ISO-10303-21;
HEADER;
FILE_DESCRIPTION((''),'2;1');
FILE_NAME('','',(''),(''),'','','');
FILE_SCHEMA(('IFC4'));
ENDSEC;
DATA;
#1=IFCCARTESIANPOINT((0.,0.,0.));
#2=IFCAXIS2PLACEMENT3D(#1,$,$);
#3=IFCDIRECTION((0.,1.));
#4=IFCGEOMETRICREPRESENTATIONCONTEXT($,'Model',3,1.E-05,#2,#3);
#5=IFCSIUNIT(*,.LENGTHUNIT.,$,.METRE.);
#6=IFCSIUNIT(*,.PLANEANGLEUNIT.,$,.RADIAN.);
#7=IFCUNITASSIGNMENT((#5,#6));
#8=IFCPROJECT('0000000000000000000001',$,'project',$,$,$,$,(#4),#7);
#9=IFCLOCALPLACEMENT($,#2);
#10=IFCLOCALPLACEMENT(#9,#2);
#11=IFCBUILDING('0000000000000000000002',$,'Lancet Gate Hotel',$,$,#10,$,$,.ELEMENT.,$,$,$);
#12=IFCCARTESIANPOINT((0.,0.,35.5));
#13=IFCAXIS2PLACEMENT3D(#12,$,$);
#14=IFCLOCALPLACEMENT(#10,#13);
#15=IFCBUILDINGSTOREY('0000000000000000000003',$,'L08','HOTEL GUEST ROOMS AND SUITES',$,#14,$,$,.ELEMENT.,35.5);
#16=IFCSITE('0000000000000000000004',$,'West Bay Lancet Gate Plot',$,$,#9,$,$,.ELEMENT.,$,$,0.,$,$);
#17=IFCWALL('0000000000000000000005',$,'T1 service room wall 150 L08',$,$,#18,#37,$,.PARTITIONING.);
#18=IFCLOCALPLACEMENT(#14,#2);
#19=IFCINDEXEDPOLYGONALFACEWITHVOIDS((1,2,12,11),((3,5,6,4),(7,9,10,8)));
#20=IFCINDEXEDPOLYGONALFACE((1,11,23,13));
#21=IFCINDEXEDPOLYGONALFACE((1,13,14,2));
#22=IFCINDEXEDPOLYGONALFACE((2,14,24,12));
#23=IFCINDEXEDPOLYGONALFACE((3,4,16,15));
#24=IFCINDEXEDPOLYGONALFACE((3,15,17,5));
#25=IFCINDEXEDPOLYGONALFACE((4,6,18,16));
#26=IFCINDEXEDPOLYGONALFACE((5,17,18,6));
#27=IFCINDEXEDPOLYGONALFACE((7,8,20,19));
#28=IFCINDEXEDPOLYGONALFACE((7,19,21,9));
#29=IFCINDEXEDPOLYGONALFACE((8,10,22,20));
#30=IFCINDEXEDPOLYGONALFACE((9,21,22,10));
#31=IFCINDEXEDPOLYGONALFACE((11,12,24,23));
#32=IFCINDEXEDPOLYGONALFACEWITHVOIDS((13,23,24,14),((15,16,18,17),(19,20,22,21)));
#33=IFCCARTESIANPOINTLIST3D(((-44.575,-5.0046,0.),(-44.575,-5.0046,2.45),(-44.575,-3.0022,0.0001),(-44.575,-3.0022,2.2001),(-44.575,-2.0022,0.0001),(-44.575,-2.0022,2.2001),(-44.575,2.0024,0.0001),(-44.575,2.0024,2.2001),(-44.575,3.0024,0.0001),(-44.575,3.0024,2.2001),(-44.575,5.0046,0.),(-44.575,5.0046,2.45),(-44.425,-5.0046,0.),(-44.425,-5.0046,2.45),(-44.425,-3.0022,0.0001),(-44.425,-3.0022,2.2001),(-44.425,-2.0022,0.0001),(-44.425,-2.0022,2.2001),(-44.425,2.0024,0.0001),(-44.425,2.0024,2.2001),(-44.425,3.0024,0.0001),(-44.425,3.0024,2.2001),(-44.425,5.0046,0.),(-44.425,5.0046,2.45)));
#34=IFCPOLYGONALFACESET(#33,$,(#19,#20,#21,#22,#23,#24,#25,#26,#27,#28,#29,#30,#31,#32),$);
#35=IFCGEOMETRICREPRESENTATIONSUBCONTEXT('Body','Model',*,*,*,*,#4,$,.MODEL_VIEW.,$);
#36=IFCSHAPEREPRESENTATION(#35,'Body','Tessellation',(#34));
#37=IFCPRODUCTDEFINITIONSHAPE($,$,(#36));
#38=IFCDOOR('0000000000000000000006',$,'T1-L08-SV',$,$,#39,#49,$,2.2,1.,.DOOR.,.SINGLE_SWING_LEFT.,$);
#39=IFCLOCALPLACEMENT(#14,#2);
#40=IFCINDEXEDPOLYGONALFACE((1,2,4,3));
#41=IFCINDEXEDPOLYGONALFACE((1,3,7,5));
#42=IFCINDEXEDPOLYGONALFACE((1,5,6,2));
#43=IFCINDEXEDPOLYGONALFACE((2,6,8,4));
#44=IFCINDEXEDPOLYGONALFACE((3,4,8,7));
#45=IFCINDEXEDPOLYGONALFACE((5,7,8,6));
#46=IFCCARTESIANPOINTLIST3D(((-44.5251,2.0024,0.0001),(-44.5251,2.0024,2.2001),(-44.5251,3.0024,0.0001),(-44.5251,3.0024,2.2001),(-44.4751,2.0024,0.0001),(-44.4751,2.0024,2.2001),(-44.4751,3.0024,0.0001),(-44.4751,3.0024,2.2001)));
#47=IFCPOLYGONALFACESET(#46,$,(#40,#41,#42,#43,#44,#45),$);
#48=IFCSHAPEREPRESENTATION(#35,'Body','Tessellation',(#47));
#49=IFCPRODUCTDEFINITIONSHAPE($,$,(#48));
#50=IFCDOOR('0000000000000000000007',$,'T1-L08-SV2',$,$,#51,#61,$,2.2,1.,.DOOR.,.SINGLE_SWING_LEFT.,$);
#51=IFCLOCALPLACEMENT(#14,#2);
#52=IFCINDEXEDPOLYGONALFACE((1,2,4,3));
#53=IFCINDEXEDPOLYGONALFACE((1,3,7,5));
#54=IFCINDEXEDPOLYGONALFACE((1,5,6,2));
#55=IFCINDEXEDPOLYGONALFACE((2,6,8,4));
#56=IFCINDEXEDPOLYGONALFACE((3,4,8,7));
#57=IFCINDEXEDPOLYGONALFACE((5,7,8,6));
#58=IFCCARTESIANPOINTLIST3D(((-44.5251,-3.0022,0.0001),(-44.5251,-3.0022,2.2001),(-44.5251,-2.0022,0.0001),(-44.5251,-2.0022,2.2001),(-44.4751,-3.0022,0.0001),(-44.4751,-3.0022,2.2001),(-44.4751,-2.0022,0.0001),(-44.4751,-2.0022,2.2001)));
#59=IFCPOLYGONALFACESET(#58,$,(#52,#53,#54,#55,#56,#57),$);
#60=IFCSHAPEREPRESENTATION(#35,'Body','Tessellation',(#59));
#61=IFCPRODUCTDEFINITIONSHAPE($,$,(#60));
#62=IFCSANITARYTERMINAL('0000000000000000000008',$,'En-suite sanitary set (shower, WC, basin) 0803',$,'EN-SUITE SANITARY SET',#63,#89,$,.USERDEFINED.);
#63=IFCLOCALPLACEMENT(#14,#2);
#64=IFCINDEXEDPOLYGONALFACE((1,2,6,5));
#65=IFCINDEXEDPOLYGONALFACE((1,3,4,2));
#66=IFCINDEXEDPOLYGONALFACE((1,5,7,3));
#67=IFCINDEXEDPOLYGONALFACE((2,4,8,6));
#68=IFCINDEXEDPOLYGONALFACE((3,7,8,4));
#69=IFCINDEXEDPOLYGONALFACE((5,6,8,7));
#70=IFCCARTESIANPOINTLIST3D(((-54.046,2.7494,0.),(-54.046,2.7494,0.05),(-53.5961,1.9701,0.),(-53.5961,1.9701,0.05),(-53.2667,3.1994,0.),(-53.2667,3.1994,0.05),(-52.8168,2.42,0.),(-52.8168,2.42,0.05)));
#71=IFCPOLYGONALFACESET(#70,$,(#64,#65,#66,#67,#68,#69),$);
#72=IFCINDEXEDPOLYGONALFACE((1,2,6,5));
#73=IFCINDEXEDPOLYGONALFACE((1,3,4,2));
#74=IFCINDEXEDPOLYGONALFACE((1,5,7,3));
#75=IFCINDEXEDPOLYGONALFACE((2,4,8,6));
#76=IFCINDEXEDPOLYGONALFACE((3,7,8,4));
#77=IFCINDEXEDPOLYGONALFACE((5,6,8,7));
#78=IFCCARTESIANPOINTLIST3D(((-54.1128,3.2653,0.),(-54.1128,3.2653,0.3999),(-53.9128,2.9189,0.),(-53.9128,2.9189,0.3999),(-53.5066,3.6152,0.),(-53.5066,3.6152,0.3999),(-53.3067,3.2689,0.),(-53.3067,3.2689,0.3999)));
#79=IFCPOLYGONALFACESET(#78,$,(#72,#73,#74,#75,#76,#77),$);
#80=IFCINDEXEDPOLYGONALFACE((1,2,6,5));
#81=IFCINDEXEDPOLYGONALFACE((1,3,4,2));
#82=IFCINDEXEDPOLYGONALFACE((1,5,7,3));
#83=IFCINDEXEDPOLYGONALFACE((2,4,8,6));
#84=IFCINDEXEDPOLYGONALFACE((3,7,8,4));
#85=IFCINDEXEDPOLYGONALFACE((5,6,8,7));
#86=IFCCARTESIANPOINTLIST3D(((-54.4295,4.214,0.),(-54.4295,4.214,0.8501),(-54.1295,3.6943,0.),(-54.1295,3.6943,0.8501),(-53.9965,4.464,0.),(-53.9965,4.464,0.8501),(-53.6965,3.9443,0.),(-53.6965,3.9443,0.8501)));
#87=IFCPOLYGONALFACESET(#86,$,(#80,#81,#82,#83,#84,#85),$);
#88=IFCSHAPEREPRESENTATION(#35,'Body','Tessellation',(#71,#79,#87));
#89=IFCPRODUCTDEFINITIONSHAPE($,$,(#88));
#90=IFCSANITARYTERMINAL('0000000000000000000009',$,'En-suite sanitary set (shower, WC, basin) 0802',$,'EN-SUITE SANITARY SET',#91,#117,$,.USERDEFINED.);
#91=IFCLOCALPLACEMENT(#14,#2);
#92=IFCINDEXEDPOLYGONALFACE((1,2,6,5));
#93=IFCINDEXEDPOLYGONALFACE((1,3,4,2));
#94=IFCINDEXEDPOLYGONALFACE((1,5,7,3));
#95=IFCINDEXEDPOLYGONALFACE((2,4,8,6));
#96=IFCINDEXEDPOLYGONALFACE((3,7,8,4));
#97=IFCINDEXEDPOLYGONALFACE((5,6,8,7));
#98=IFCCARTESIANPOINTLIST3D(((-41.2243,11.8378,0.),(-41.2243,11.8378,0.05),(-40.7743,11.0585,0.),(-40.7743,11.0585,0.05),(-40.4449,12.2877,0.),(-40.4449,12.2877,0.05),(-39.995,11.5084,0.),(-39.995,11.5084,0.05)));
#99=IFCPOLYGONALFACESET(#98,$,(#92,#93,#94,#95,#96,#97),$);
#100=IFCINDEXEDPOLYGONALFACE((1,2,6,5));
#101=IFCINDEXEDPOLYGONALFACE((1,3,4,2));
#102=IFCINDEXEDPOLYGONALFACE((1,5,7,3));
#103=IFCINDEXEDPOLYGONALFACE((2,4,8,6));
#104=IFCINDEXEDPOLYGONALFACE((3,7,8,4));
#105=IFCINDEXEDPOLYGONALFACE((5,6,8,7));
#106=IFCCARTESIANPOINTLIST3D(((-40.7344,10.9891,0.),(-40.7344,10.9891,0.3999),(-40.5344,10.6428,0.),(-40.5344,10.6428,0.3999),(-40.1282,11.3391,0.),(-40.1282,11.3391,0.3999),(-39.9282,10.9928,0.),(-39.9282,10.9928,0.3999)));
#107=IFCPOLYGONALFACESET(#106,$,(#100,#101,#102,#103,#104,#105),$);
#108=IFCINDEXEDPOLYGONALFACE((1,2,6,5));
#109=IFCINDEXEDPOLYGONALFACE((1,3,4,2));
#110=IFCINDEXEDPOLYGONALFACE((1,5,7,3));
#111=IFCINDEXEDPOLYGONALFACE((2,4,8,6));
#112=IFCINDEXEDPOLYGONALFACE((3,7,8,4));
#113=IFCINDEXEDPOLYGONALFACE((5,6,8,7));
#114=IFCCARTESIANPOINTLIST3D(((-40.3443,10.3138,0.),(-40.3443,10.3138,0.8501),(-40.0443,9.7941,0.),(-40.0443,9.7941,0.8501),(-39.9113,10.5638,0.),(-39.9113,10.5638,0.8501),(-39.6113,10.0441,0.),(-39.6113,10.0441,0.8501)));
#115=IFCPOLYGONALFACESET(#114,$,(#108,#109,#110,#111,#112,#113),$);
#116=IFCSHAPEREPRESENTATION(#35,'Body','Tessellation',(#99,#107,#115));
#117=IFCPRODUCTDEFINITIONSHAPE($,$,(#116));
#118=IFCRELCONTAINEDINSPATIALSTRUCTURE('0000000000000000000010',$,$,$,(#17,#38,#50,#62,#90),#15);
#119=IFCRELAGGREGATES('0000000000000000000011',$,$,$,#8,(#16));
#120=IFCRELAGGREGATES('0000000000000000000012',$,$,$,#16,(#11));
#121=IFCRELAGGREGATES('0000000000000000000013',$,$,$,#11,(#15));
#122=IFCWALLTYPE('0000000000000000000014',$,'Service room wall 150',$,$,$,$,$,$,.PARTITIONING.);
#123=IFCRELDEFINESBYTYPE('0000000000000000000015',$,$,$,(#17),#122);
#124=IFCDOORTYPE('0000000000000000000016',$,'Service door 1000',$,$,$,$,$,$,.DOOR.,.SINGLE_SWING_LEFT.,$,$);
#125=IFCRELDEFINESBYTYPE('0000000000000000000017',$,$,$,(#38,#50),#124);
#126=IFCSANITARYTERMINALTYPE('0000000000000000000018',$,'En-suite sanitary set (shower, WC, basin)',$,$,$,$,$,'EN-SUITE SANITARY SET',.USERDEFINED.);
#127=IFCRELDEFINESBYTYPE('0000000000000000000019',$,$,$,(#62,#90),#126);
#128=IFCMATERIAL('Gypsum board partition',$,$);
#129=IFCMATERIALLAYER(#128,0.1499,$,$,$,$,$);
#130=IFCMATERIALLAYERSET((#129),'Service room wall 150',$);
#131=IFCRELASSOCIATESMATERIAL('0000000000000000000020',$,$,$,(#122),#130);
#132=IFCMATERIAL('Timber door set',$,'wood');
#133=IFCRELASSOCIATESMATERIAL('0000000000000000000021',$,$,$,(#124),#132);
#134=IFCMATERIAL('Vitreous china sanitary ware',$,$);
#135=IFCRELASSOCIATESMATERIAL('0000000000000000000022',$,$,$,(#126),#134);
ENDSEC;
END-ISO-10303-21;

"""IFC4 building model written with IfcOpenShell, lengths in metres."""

from ifc_helpers import new_model, si_unit, direction, frame, frame_2d, origin, origin_2d, place, context, subcontext, project, spatial, rectangle, extrude, material, layer, layer_set, type_object, element, fill, save


model = new_model("IFC4")

# Units and contexts
model_context = context("Model", 3, precision=1e-05, world=origin(), true_north=direction((0.0, 1.0)))
body_context = subcontext(model_context, "Body", "Model", "MODEL_VIEW")
ifc_project = project(units=[si_unit("LENGTHUNIT", "METRE"), si_unit("PLANEANGLEUNIT", "RADIAN")], contexts=[model_context])

# Site, building, storey
site_placement = place(None, origin())
site = spatial("IfcSite", under=ifc_project, at=site_placement, Name="West Bay Lancet Gate Plot", CompositionType="ELEMENT", RefElevation=0.0)
building_placement = place(site_placement, origin())
building = spatial("IfcBuilding", under=site, at=building_placement, Name="Lancet Gate Hotel", CompositionType="ELEMENT")
storey_placement = place(building_placement, frame((0.0, 0.0, 35.5)))
storey = spatial("IfcBuildingStorey", under=building, at=storey_placement, Name="L08", Description="HOTEL GUEST ROOMS AND SUITES", CompositionType="ELEMENT", Elevation=35.5)

# Shared definitions
ifc_material_1 = material(Name="Gypsum board partition")
ifc_layer_1 = layer(ifc_material_1, 0.1499)
ifc_layer_set_1 = layer_set([ifc_layer_1], Name="Service room wall 150")
wall_type_1 = type_object("IfcWallType", Name="Service room wall 150", PredefinedType="PARTITIONING", material=ifc_layer_set_1)

# Wall, openings, doors
wall_1_placement = place(storey_placement, frame((-44.5, 5.0046, 0.0), z_axis=(0.0, 0.0, 1.0), x_axis=(0.0, -1.0, 0.0)))
wall_1 = element("IfcWall", 1, at=wall_1_placement, inside=storey, type_object=wall_type_1, Name="T1 service room wall 150 L08", PredefinedType="PARTITIONING", context=body_context, shape_type="SweptSolid", body=[
    extrude(rectangle(XDim=10.0093, YDim=0.1499, at=frame_2d((5.0046, 0.0))), origin(), (0.0, 0.0, 1.0), 2.45),
])
opening_1_placement = place(wall_1_placement, frame((2.0022, 0.0, 0.0)))
opening_1 = element("IfcOpeningElement", 2, at=opening_1_placement, cuts=wall_1, PredefinedType="OPENING", context=body_context, shape_type="SweptSolid", body=[
    extrude(rectangle(XDim=1.0, YDim=2.2, at=frame_2d((0.5, 1.1001))), frame((0.0, 0.085, 0.0), z_axis=(0.0, -1.0, 0.0), x_axis=(1.0, 0.0, 0.0)), (0.0, 0.0, 1.0), 0.1699),
])
opening_2_placement = place(wall_1_placement, frame((7.0068, 0.0, 0.0)))
opening_2 = element("IfcOpeningElement", 3, at=opening_2_placement, cuts=wall_1, PredefinedType="OPENING", context=body_context, shape_type="SweptSolid", body=[
    extrude(rectangle(XDim=1.0, YDim=2.2, at=frame_2d((0.5, 1.1001))), frame((0.0, 0.085, 0.0), z_axis=(0.0, -1.0, 0.0), x_axis=(1.0, 0.0, 0.0)), (0.0, 0.0, 1.0), 0.1699),
])
ifc_material_2 = material(Name="Timber door set", Category="wood")
door_type_1 = type_object("IfcDoorType", Name="Service door 1000", OperationType="SINGLE_SWING_LEFT", PredefinedType="DOOR", material=ifc_material_2)
door_1_placement = place(opening_1_placement, origin())
door_1 = element("IfcDoor", 4, at=door_1_placement, inside=storey, type_object=door_type_1, Name="T1-L08-SV", OperationType="SINGLE_SWING_LEFT", OverallHeight=2.2, OverallWidth=1.0, PredefinedType="DOOR", context=body_context, shape_type="SweptSolid", body=[
    extrude(rectangle(XDim=1.0, YDim=2.2, at=frame_2d((0.5, 1.1001))), frame((0.0, 0.0249, 0.0), z_axis=(0.0, -1.0, 0.0), x_axis=(1.0, 0.0, 0.0)), (0.0, 0.0, 1.0), 0.05),
])
fill(opening_1, door_1)
door_2_placement = place(opening_2_placement, origin())
door_2 = element("IfcDoor", 5, at=door_2_placement, inside=storey, type_object=door_type_1, Name="T1-L08-SV2", OperationType="SINGLE_SWING_LEFT", OverallHeight=2.2, OverallWidth=1.0, PredefinedType="DOOR", context=body_context, shape_type="SweptSolid", body=[
    extrude(rectangle(XDim=1.0, YDim=2.2, at=frame_2d((0.5, 1.1001))), frame((0.0, 0.0249, 0.0), z_axis=(0.0, -1.0, 0.0), x_axis=(1.0, 0.0, 0.0)), (0.0, 0.0, 1.0), 0.05),
])
fill(opening_2, door_2)

# Sanitary terminals
ifc_material_3 = material(Name="Vitreous china sanitary ware")
sanitary_terminal_type = type_object("IfcSanitaryTerminalType", Name="En-suite sanitary set (shower, WC, basin)", ElementType="EN-SUITE SANITARY SET", PredefinedType="USERDEFINED", material=ifc_material_3)
sanitary_terminal_1_placement = place(storey_placement, frame((-53.4314, 2.5847, 0.0), z_axis=(0.0, 0.0, 1.0), x_axis=(1.0, 0.0, 0.0)))
element("IfcSanitaryTerminal", 6, at=sanitary_terminal_1_placement, inside=storey, type_object=sanitary_terminal_type, Name="En-suite sanitary set (shower, WC, basin) 0803", ObjectType="EN-SUITE SANITARY SET", PredefinedType="USERDEFINED", context=body_context, shape_type="SweptSolid", body=[
    extrude(rectangle(XDim=0.8999, YDim=0.8999, at=origin_2d()), frame((0.0, 0.0, 0.0), z_axis=(0.0, 0.0, 1.0), x_axis=(0.5, -0.866025, 0.0)), (0.0, 0.0, 1.0), 0.05),
    extrude(rectangle(XDim=0.3999, YDim=0.7, at=origin_2d()), frame((-0.2783, 0.6824, 0.0), z_axis=(0.0, 0.0, 1.0), x_axis=(0.5, -0.866025, 0.0)), (0.0, 0.0, 1.0), 0.3999),
    extrude(rectangle(XDim=0.6001, YDim=0.5, at=origin_2d()), frame((-0.6316, 1.4944, 0.0), z_axis=(0.0, 0.0, 1.0), x_axis=(0.5, -0.866025, 0.0)), (0.0, 0.0, 1.0), 0.8501),
])
sanitary_terminal_2_placement = place(storey_placement, frame((-40.6096, 11.6731, 0.0), z_axis=(0.0, 0.0, 1.0), x_axis=(1.0, 0.0, 0.0)))
element("IfcSanitaryTerminal", 7, at=sanitary_terminal_2_placement, inside=storey, type_object=sanitary_terminal_type, Name="En-suite sanitary set (shower, WC, basin) 0802", ObjectType="EN-SUITE SANITARY SET", PredefinedType="USERDEFINED", context=body_context, shape_type="SweptSolid", body=[
    extrude(rectangle(XDim=0.8999, YDim=0.8999, at=origin_2d()), frame((0.0, 0.0, 0.0), z_axis=(0.0, 0.0, 1.0), x_axis=(-0.5, 0.866025, 0.0)), (0.0, 0.0, 1.0), 0.05),
    extrude(rectangle(XDim=0.3999, YDim=0.7, at=origin_2d()), frame((0.2783, -0.6821, 0.0), z_axis=(0.0, 0.0, 1.0), x_axis=(-0.5, 0.866025, 0.0)), (0.0, 0.0, 1.0), 0.3999),
    extrude(rectangle(XDim=0.6001, YDim=0.5, at=origin_2d()), frame((0.6318, -1.4941, 0.0), z_axis=(0.0, 0.0, 1.0), x_axis=(-0.5, 0.866025, 0.0)), (0.0, 0.0, 1.0), 0.8501),
])

save(model, "model.ifc")
